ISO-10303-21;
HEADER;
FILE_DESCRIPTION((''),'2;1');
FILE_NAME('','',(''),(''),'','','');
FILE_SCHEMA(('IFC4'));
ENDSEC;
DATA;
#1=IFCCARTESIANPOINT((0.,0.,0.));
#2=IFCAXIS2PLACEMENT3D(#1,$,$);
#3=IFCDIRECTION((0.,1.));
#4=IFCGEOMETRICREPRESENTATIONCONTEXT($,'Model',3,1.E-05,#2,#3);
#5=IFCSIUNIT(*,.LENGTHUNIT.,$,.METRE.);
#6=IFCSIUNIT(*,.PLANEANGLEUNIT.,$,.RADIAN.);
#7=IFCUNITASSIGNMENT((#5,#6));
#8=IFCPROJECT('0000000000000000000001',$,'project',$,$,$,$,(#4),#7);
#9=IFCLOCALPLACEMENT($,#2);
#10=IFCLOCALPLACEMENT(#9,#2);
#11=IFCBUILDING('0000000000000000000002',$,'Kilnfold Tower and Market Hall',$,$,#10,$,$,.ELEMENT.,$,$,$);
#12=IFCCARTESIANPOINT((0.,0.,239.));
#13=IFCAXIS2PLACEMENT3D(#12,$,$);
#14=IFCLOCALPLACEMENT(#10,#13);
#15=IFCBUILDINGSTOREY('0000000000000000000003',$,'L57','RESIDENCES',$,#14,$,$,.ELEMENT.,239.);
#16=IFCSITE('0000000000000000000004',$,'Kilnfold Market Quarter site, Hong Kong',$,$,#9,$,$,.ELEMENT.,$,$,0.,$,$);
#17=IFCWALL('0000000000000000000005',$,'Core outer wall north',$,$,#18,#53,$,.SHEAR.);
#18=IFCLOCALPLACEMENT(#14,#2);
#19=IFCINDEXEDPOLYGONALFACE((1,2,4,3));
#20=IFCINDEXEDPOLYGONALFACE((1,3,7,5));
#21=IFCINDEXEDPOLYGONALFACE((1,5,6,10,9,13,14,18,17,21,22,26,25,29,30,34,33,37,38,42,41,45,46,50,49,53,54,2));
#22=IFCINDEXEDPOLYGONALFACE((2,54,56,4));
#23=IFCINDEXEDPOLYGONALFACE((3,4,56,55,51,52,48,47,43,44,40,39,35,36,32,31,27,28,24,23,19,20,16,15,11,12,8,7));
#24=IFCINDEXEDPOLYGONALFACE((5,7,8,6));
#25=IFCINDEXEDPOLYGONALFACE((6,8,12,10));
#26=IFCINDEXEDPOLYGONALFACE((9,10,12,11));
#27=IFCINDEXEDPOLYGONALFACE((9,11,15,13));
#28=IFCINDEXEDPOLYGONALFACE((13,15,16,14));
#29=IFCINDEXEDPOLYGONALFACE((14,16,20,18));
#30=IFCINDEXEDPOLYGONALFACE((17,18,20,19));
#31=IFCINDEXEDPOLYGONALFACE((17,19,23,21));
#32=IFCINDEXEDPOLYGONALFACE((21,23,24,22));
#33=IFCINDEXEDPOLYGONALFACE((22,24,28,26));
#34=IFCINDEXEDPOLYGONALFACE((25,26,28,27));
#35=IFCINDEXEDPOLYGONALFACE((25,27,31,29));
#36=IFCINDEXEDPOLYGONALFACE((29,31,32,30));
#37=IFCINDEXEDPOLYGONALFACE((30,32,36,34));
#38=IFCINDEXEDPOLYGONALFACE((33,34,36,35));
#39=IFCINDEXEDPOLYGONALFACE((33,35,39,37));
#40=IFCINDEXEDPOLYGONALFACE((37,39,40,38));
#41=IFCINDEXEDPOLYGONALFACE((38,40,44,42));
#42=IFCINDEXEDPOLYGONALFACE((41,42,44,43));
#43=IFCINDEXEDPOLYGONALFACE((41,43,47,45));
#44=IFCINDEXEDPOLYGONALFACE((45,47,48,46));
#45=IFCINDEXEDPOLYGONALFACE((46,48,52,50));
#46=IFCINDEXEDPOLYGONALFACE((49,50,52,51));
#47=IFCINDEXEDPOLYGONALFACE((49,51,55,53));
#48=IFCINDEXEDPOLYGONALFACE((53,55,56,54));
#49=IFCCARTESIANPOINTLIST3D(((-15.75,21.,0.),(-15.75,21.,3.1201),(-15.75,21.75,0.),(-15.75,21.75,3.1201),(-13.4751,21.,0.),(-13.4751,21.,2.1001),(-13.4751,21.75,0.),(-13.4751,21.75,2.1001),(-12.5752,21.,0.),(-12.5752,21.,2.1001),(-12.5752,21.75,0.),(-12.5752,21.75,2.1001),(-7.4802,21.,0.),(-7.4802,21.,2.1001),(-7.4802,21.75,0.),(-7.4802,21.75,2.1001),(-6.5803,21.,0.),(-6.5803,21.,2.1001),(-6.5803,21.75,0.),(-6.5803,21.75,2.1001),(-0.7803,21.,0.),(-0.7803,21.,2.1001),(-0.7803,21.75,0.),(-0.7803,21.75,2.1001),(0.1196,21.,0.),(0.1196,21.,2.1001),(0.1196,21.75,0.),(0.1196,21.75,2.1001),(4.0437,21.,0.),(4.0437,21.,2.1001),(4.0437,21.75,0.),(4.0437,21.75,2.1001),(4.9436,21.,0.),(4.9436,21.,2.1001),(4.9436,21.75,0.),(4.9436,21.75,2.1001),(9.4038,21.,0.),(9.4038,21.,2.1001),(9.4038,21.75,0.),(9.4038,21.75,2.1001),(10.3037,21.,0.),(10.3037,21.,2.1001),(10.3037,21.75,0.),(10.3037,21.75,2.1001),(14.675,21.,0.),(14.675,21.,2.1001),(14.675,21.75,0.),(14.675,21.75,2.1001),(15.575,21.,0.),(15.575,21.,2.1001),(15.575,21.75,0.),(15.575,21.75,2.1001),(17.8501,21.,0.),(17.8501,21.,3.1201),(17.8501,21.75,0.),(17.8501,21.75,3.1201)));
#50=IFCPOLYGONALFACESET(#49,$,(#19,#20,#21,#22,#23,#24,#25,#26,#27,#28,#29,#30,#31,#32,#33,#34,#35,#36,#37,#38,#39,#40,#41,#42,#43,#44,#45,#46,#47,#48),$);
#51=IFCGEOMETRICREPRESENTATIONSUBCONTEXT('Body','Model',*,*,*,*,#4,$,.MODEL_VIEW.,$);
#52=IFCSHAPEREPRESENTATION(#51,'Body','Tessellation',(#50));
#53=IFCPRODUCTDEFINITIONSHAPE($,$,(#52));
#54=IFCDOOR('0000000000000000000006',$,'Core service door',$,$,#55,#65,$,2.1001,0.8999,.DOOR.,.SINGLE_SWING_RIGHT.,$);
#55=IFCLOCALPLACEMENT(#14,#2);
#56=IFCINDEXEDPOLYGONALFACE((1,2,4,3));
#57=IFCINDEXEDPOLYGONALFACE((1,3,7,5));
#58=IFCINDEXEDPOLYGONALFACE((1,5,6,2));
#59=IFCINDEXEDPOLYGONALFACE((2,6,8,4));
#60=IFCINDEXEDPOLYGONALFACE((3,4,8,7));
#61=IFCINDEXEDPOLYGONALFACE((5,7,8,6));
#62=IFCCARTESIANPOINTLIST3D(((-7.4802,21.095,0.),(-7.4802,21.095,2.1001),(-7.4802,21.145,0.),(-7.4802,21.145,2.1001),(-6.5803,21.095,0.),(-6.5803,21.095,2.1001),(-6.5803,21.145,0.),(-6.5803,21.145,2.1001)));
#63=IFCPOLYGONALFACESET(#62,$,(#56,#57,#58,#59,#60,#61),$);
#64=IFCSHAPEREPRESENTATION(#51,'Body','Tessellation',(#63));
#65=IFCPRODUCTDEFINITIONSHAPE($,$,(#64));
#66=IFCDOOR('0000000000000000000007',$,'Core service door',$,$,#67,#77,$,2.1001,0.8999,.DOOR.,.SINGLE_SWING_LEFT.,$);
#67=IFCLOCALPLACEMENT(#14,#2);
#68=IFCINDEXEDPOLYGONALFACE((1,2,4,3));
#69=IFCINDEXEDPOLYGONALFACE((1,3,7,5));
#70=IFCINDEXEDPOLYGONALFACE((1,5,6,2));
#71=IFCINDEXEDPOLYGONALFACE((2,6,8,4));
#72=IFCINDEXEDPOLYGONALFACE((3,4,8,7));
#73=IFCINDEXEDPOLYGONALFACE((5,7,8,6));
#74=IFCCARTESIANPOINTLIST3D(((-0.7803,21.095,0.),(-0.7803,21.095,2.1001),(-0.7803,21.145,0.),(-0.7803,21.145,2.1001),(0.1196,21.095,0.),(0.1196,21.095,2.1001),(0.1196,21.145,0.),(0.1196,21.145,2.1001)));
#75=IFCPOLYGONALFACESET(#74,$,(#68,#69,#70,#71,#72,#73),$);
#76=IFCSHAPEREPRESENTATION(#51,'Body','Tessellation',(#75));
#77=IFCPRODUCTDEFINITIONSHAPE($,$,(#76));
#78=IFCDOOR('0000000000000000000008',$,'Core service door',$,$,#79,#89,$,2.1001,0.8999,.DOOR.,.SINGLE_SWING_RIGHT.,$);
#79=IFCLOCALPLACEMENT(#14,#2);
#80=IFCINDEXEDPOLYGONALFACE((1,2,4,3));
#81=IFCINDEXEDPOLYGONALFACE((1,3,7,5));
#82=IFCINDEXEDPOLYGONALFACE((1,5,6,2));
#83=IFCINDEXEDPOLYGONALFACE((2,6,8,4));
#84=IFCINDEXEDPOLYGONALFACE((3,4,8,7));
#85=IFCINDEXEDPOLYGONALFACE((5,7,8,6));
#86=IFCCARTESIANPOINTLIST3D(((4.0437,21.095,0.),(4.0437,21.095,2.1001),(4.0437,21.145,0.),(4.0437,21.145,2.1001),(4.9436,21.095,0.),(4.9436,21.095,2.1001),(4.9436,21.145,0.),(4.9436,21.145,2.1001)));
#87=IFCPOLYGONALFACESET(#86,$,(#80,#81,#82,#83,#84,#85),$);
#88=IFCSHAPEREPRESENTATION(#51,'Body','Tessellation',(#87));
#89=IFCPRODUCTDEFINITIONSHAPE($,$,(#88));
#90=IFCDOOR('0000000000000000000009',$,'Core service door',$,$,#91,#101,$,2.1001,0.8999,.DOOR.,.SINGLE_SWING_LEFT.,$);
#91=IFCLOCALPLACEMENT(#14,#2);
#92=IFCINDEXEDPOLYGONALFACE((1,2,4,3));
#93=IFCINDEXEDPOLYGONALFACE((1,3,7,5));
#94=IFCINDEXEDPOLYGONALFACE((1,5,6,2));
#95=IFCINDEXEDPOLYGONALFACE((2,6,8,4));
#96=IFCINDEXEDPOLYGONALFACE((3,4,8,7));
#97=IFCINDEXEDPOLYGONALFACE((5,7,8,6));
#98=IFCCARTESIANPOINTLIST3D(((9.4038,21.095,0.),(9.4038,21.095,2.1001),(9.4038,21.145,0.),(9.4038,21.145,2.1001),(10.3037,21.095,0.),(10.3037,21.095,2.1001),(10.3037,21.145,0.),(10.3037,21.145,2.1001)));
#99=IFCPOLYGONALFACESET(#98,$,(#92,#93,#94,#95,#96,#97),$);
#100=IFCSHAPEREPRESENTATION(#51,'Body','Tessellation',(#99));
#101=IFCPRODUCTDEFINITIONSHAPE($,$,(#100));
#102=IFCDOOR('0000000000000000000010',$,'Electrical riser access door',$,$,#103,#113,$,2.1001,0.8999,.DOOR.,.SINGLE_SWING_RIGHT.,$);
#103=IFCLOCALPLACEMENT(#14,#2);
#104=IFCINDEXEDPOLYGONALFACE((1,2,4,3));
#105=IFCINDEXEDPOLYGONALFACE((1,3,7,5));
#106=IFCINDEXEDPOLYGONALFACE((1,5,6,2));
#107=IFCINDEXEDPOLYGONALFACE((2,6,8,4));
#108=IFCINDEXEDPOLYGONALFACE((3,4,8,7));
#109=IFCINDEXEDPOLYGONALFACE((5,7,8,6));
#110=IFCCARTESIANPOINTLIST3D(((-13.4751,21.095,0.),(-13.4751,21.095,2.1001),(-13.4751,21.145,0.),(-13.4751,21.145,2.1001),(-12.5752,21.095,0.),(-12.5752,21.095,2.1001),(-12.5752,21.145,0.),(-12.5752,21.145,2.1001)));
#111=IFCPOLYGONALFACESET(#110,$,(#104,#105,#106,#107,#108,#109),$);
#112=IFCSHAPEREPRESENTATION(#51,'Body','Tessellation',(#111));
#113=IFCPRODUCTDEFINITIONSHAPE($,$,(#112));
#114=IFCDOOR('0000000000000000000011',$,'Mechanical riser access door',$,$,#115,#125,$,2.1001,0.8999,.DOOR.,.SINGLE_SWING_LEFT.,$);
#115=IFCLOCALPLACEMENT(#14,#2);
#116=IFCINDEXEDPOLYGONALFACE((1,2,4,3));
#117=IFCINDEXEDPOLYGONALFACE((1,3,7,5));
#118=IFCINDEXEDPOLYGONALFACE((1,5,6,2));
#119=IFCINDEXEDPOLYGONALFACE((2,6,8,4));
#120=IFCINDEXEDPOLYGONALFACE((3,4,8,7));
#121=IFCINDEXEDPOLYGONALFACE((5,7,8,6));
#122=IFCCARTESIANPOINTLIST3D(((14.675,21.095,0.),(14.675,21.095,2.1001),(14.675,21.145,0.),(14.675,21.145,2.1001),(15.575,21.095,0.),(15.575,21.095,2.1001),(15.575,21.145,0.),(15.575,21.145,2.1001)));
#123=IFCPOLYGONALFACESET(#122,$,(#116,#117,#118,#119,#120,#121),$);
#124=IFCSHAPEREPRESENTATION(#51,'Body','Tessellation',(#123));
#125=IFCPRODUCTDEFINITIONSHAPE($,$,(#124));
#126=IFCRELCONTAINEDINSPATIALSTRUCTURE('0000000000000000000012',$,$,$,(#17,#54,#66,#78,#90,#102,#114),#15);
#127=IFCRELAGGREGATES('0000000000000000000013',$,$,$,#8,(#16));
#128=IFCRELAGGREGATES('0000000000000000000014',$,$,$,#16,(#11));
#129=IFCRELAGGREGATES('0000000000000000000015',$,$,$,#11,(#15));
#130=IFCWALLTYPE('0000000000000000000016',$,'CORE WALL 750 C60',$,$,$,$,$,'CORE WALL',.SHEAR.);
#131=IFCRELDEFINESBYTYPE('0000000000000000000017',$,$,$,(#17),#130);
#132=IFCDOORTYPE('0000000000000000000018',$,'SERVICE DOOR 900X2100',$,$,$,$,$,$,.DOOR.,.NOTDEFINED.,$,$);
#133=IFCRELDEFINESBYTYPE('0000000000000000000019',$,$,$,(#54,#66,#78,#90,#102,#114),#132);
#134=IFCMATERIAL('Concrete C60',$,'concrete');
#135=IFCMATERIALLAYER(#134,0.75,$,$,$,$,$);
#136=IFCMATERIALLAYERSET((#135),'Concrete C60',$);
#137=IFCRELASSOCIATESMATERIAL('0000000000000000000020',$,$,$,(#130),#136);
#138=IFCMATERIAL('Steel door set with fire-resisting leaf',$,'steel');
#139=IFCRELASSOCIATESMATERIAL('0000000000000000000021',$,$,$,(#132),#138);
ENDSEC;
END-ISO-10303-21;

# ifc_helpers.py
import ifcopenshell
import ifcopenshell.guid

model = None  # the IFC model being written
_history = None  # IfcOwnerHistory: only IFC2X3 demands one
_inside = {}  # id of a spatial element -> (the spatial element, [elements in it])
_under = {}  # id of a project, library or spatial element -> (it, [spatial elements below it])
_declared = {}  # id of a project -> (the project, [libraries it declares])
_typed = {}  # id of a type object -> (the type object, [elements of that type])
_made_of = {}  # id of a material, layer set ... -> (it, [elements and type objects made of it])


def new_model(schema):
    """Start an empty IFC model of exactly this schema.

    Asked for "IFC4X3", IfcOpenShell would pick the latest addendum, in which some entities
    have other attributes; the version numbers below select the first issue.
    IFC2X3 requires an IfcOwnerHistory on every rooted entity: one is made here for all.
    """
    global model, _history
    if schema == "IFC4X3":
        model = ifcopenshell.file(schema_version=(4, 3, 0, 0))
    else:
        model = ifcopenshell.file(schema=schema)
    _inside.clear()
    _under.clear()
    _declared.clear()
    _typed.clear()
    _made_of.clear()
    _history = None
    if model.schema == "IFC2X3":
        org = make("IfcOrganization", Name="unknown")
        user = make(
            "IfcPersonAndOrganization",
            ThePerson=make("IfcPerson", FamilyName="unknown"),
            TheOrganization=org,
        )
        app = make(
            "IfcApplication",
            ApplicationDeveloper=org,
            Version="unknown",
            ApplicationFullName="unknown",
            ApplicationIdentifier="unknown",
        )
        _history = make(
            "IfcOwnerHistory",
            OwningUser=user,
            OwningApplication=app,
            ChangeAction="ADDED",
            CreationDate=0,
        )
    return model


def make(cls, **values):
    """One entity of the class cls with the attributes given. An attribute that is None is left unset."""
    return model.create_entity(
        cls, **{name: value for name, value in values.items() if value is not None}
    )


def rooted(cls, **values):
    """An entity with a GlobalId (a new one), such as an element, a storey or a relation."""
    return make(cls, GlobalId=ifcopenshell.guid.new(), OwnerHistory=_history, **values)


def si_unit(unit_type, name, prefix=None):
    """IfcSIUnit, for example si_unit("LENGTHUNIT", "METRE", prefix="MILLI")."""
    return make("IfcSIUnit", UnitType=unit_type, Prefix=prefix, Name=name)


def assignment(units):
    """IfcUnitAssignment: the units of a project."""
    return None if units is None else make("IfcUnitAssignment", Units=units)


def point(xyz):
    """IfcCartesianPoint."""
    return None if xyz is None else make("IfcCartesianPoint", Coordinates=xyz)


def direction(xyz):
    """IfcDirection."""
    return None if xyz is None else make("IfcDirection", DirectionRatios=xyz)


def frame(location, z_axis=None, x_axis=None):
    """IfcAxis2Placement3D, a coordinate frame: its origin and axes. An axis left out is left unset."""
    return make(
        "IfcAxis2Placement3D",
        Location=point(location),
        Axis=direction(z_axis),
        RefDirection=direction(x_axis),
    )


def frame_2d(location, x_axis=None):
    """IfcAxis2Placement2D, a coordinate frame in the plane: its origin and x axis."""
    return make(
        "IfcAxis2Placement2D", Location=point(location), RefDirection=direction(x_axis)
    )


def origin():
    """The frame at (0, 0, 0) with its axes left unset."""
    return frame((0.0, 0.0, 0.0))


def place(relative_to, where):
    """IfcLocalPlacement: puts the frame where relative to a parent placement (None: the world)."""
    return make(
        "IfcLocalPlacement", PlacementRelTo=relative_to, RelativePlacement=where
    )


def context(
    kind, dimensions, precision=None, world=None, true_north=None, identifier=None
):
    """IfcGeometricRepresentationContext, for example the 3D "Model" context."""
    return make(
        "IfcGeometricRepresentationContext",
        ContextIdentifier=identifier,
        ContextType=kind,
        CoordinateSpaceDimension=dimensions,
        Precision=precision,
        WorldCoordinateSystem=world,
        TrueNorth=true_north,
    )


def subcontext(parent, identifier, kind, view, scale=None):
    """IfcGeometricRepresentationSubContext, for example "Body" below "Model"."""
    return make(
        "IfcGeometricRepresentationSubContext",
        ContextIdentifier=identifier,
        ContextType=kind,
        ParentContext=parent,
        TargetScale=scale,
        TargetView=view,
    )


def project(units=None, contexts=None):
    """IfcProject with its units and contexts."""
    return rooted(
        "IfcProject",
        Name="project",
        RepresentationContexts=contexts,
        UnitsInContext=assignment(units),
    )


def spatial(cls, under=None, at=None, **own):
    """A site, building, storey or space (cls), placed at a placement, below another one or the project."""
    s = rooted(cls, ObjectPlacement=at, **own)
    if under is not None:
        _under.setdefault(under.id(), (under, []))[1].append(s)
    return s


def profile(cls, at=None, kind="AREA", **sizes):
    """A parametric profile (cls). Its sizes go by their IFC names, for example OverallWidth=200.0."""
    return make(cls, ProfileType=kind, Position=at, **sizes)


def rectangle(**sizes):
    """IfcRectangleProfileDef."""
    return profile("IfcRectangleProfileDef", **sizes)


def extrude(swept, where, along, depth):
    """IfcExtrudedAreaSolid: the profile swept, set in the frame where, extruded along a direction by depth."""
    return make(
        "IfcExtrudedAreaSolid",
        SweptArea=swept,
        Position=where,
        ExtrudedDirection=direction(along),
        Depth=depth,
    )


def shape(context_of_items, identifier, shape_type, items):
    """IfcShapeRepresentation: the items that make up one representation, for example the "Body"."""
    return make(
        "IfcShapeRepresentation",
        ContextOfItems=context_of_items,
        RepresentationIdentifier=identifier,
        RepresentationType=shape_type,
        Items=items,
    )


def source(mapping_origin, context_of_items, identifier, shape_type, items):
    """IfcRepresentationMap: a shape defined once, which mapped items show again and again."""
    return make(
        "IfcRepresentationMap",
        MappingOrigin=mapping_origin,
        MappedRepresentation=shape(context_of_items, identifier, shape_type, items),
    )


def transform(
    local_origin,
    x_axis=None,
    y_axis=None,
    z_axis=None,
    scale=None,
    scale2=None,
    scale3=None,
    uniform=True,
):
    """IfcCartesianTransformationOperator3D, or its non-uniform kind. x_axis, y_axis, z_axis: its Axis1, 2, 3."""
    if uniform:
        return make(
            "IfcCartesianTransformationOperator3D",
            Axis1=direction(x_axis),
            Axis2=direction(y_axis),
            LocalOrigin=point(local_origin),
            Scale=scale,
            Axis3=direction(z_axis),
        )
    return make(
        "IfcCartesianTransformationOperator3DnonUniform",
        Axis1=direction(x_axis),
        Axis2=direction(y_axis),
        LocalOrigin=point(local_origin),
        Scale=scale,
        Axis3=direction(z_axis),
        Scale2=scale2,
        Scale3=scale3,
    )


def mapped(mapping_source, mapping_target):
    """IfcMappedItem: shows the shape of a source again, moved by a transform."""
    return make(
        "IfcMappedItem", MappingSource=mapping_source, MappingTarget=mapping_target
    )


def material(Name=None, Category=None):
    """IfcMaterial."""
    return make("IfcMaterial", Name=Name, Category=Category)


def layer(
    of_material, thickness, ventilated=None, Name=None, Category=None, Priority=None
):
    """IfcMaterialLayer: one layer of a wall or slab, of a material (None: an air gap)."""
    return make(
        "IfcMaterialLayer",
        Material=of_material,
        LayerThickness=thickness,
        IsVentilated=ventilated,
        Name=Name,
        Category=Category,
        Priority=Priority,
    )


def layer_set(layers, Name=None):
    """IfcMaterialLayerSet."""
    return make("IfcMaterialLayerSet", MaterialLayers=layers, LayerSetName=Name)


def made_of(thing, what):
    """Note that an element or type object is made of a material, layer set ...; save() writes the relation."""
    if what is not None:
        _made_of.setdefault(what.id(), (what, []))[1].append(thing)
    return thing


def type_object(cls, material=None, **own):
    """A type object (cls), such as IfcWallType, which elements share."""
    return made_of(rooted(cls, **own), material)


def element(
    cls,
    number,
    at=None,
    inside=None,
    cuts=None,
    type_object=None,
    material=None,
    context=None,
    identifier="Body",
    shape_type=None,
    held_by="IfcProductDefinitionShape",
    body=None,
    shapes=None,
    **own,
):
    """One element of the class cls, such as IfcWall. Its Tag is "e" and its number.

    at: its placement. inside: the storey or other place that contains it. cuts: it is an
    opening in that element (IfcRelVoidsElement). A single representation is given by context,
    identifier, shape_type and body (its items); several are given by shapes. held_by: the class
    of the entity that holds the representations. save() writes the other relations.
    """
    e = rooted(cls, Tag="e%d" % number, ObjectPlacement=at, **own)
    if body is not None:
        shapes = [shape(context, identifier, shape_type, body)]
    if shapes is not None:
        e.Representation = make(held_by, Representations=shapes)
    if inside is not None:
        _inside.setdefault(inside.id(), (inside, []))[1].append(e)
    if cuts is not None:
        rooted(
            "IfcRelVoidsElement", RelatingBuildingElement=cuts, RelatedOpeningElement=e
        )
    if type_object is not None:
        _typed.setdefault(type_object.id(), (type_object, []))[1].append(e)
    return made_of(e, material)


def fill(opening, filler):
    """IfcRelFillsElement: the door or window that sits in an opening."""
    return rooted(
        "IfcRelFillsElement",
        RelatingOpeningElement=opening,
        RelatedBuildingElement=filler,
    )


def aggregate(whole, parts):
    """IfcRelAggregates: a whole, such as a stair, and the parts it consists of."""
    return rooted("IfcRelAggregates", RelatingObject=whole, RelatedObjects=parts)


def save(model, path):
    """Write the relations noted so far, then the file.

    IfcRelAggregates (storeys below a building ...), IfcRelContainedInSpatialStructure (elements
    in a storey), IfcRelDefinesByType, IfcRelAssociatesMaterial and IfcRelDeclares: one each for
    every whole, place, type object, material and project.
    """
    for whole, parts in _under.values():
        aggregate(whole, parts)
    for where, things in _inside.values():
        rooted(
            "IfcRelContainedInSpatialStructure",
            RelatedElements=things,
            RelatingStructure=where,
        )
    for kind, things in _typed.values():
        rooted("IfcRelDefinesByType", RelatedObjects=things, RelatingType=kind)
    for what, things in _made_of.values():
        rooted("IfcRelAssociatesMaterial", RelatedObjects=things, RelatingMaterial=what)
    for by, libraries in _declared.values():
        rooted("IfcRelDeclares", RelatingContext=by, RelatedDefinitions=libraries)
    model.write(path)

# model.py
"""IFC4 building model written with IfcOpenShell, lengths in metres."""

from ifc_helpers import new_model, si_unit, direction, frame, frame_2d, origin, place, context, subcontext, project, spatial, rectangle, extrude, source, transform, mapped, material, layer, layer_set, type_object, element, fill, save


model = new_model("IFC4")

# Units and contexts
model_context = context("Model", 3, precision=1e-05, world=origin(), true_north=direction((0.0, 1.0)))
body_context = subcontext(model_context, "Body", "Model", "MODEL_VIEW")
ifc_project = project(units=[si_unit("LENGTHUNIT", "METRE"), si_unit("PLANEANGLEUNIT", "RADIAN")], contexts=[model_context])

# Site, building, storey
site_placement = place(None, origin())
site = spatial("IfcSite", under=ifc_project, at=site_placement, Name="Kilnfold Market Quarter site, Hong Kong", CompositionType="ELEMENT", RefElevation=0.0)
building_placement = place(site_placement, origin())
building = spatial("IfcBuilding", under=site, at=building_placement, Name="Kilnfold Tower and Market Hall", CompositionType="ELEMENT")
storey_placement = place(building_placement, frame((0.0, 0.0, 239.0)))
storey = spatial("IfcBuildingStorey", under=building, at=storey_placement, Name="L57", Description="RESIDENCES", CompositionType="ELEMENT", Elevation=239.0)

# Wall, openings, doors
ifc_material_1 = material(Name="Concrete C60", Category="concrete")
ifc_layer_1 = layer(ifc_material_1, 0.75)
ifc_layer_set_1 = layer_set([ifc_layer_1], Name="Concrete C60")
wall_type_1 = type_object("IfcWallType", Name="CORE WALL 750 C60", ElementType="CORE WALL", PredefinedType="SHEAR", material=ifc_layer_set_1)
shared_shape_1 = source(origin(), body_context, "Body", "SweptSolid", [
    extrude(rectangle(XDim=33.6001, YDim=0.75, at=frame_2d((16.8, 0.0))), origin(), (0.0, 0.0, 1.0), 3.1201),
])
wall_1_placement = place(storey_placement, frame((-15.75, 21.375, 0.0), z_axis=(0.0, 0.0, 1.0), x_axis=(1.0, 0.0, 0.0)))
wall_1 = element("IfcWall", 1, at=wall_1_placement, inside=storey, type_object=wall_type_1, Name="Core outer wall north", PredefinedType="SHEAR", context=body_context, shape_type="MappedRepresentation", body=[
    mapped(shared_shape_1, transform((0.0, 0.0, 0.0))),
])
opening_1_placement = place(wall_1_placement, frame((8.2698, 0.0, 0.0)))
opening_1 = element("IfcOpeningElement", 2, at=opening_1_placement, cuts=wall_1, PredefinedType="OPENING", context=body_context, shape_type="SweptSolid", body=[
    extrude(rectangle(XDim=0.8999, YDim=2.1001, at=frame_2d((0.45, 1.05))), frame((0.0, 0.385, 0.0), z_axis=(0.0, -1.0, 0.0), x_axis=(1.0, 0.0, 0.0)), (0.0, 0.0, 1.0), 0.77),
])
opening_2_placement = place(wall_1_placement, frame((14.9697, 0.0, 0.0)))
opening_2 = element("IfcOpeningElement", 3, at=opening_2_placement, cuts=wall_1, PredefinedType="OPENING", context=body_context, shape_type="SweptSolid", body=[
    extrude(rectangle(XDim=0.8999, YDim=2.1001, at=frame_2d((0.45, 1.05))), frame((0.0, 0.385, 0.0), z_axis=(0.0, -1.0, 0.0), x_axis=(1.0, 0.0, 0.0)), (0.0, 0.0, 1.0), 0.77),
])
opening_3_placement = place(wall_1_placement, frame((19.7937, 0.0, 0.0)))
opening_3 = element("IfcOpeningElement", 4, at=opening_3_placement, cuts=wall_1, PredefinedType="OPENING", context=body_context, shape_type="SweptSolid", body=[
    extrude(rectangle(XDim=0.8999, YDim=2.1001, at=frame_2d((0.45, 1.05))), frame((0.0, 0.385, 0.0), z_axis=(0.0, -1.0, 0.0), x_axis=(1.0, 0.0, 0.0)), (0.0, 0.0, 1.0), 0.77),
])
opening_4_placement = place(wall_1_placement, frame((25.1538, 0.0, 0.0)))
opening_4 = element("IfcOpeningElement", 5, at=opening_4_placement, cuts=wall_1, PredefinedType="OPENING", context=body_context, shape_type="SweptSolid", body=[
    extrude(rectangle(XDim=0.8999, YDim=2.1001, at=frame_2d((0.45, 1.05))), frame((0.0, 0.385, 0.0), z_axis=(0.0, -1.0, 0.0), x_axis=(1.0, 0.0, 0.0)), (0.0, 0.0, 1.0), 0.77),
])
opening_5_placement = place(wall_1_placement, frame((2.2749, 0.0, 0.0)))
opening_5 = element("IfcOpeningElement", 6, at=opening_5_placement, cuts=wall_1, PredefinedType="OPENING", context=body_context, shape_type="SweptSolid", body=[
    extrude(rectangle(XDim=0.8999, YDim=2.1001, at=frame_2d((0.45, 1.05))), frame((0.0, 0.385, 0.0), z_axis=(0.0, -1.0, 0.0), x_axis=(1.0, 0.0, 0.0)), (0.0, 0.0, 1.0), 0.77),
])
opening_6_placement = place(wall_1_placement, frame((30.425, 0.0, 0.0)))
opening_6 = element("IfcOpeningElement", 7, at=opening_6_placement, cuts=wall_1, PredefinedType="OPENING", context=body_context, shape_type="SweptSolid", body=[
    extrude(rectangle(XDim=0.8999, YDim=2.1001, at=frame_2d((0.45, 1.05))), frame((0.0, 0.385, 0.0), z_axis=(0.0, -1.0, 0.0), x_axis=(1.0, 0.0, 0.0)), (0.0, 0.0, 1.0), 0.77),
])
ifc_material_2 = material(Name="Steel door set with fire-resisting leaf", Category="steel")
door_type_1 = type_object("IfcDoorType", Name="SERVICE DOOR 900X2100", OperationType="NOTDEFINED", PredefinedType="DOOR", material=ifc_material_2)
door_1_placement = place(opening_1_placement, origin())
door_1 = element("IfcDoor", 8, at=door_1_placement, inside=storey, type_object=door_type_1, Name="Core service door", OperationType="SINGLE_SWING_RIGHT", OverallHeight=2.1001, OverallWidth=0.8999, PredefinedType="DOOR", context=body_context, shape_type="SweptSolid", body=[
    extrude(rectangle(XDim=0.8999, YDim=2.1001, at=frame_2d((0.45, 1.05))), frame((0.0, -0.23, 0.0), z_axis=(0.0, -1.0, 0.0), x_axis=(1.0, 0.0, 0.0)), (0.0, 0.0, 1.0), 0.05),
])
fill(opening_1, door_1)
door_2_placement = place(opening_2_placement, origin())
door_2 = element("IfcDoor", 9, at=door_2_placement, inside=storey, type_object=door_type_1, Name="Core service door", OperationType="SINGLE_SWING_LEFT", OverallHeight=2.1001, OverallWidth=0.8999, PredefinedType="DOOR", context=body_context, shape_type="SweptSolid", body=[
    extrude(rectangle(XDim=0.8999, YDim=2.1001, at=frame_2d((0.45, 1.05))), frame((0.0, -0.23, 0.0), z_axis=(0.0, -1.0, 0.0), x_axis=(1.0, 0.0, 0.0)), (0.0, 0.0, 1.0), 0.05),
])
fill(opening_2, door_2)
door_3_placement = place(opening_3_placement, origin())
door_3 = element("IfcDoor", 10, at=door_3_placement, inside=storey, type_object=door_type_1, Name="Core service door", OperationType="SINGLE_SWING_RIGHT", OverallHeight=2.1001, OverallWidth=0.8999, PredefinedType="DOOR", context=body_context, shape_type="SweptSolid", body=[
    extrude(rectangle(XDim=0.8999, YDim=2.1001, at=frame_2d((0.45, 1.05))), frame((0.0, -0.23, 0.0), z_axis=(0.0, -1.0, 0.0), x_axis=(1.0, 0.0, 0.0)), (0.0, 0.0, 1.0), 0.05),
])
fill(opening_3, door_3)
door_4_placement = place(opening_4_placement, origin())
door_4 = element("IfcDoor", 11, at=door_4_placement, inside=storey, type_object=door_type_1, Name="Core service door", OperationType="SINGLE_SWING_LEFT", OverallHeight=2.1001, OverallWidth=0.8999, PredefinedType="DOOR", context=body_context, shape_type="SweptSolid", body=[
    extrude(rectangle(XDim=0.8999, YDim=2.1001, at=frame_2d((0.45, 1.05))), frame((0.0, -0.23, 0.0), z_axis=(0.0, -1.0, 0.0), x_axis=(1.0, 0.0, 0.0)), (0.0, 0.0, 1.0), 0.05),
])
fill(opening_4, door_4)
door_5_placement = place(opening_5_placement, origin())
door_5 = element("IfcDoor", 12, at=door_5_placement, inside=storey, type_object=door_type_1, Name="Electrical riser access door", OperationType="SINGLE_SWING_RIGHT", OverallHeight=2.1001, OverallWidth=0.8999, PredefinedType="DOOR", context=body_context, shape_type="SweptSolid", body=[
    extrude(rectangle(XDim=0.8999, YDim=2.1001, at=frame_2d((0.45, 1.05))), frame((0.0, -0.23, 0.0), z_axis=(0.0, -1.0, 0.0), x_axis=(1.0, 0.0, 0.0)), (0.0, 0.0, 1.0), 0.05),
])
fill(opening_5, door_5)
door_6_placement = place(opening_6_placement, origin())
door_6 = element("IfcDoor", 13, at=door_6_placement, inside=storey, type_object=door_type_1, Name="Mechanical riser access door", OperationType="SINGLE_SWING_LEFT", OverallHeight=2.1001, OverallWidth=0.8999, PredefinedType="DOOR", context=body_context, shape_type="SweptSolid", body=[
    extrude(rectangle(XDim=0.8999, YDim=2.1001, at=frame_2d((0.45, 1.05))), frame((0.0, -0.23, 0.0), z_axis=(0.0, -1.0, 0.0), x_axis=(1.0, 0.0, 0.0)), (0.0, 0.0, 1.0), 0.05),
])
fill(opening_6, door_6)

save(model, "model.ifc")
